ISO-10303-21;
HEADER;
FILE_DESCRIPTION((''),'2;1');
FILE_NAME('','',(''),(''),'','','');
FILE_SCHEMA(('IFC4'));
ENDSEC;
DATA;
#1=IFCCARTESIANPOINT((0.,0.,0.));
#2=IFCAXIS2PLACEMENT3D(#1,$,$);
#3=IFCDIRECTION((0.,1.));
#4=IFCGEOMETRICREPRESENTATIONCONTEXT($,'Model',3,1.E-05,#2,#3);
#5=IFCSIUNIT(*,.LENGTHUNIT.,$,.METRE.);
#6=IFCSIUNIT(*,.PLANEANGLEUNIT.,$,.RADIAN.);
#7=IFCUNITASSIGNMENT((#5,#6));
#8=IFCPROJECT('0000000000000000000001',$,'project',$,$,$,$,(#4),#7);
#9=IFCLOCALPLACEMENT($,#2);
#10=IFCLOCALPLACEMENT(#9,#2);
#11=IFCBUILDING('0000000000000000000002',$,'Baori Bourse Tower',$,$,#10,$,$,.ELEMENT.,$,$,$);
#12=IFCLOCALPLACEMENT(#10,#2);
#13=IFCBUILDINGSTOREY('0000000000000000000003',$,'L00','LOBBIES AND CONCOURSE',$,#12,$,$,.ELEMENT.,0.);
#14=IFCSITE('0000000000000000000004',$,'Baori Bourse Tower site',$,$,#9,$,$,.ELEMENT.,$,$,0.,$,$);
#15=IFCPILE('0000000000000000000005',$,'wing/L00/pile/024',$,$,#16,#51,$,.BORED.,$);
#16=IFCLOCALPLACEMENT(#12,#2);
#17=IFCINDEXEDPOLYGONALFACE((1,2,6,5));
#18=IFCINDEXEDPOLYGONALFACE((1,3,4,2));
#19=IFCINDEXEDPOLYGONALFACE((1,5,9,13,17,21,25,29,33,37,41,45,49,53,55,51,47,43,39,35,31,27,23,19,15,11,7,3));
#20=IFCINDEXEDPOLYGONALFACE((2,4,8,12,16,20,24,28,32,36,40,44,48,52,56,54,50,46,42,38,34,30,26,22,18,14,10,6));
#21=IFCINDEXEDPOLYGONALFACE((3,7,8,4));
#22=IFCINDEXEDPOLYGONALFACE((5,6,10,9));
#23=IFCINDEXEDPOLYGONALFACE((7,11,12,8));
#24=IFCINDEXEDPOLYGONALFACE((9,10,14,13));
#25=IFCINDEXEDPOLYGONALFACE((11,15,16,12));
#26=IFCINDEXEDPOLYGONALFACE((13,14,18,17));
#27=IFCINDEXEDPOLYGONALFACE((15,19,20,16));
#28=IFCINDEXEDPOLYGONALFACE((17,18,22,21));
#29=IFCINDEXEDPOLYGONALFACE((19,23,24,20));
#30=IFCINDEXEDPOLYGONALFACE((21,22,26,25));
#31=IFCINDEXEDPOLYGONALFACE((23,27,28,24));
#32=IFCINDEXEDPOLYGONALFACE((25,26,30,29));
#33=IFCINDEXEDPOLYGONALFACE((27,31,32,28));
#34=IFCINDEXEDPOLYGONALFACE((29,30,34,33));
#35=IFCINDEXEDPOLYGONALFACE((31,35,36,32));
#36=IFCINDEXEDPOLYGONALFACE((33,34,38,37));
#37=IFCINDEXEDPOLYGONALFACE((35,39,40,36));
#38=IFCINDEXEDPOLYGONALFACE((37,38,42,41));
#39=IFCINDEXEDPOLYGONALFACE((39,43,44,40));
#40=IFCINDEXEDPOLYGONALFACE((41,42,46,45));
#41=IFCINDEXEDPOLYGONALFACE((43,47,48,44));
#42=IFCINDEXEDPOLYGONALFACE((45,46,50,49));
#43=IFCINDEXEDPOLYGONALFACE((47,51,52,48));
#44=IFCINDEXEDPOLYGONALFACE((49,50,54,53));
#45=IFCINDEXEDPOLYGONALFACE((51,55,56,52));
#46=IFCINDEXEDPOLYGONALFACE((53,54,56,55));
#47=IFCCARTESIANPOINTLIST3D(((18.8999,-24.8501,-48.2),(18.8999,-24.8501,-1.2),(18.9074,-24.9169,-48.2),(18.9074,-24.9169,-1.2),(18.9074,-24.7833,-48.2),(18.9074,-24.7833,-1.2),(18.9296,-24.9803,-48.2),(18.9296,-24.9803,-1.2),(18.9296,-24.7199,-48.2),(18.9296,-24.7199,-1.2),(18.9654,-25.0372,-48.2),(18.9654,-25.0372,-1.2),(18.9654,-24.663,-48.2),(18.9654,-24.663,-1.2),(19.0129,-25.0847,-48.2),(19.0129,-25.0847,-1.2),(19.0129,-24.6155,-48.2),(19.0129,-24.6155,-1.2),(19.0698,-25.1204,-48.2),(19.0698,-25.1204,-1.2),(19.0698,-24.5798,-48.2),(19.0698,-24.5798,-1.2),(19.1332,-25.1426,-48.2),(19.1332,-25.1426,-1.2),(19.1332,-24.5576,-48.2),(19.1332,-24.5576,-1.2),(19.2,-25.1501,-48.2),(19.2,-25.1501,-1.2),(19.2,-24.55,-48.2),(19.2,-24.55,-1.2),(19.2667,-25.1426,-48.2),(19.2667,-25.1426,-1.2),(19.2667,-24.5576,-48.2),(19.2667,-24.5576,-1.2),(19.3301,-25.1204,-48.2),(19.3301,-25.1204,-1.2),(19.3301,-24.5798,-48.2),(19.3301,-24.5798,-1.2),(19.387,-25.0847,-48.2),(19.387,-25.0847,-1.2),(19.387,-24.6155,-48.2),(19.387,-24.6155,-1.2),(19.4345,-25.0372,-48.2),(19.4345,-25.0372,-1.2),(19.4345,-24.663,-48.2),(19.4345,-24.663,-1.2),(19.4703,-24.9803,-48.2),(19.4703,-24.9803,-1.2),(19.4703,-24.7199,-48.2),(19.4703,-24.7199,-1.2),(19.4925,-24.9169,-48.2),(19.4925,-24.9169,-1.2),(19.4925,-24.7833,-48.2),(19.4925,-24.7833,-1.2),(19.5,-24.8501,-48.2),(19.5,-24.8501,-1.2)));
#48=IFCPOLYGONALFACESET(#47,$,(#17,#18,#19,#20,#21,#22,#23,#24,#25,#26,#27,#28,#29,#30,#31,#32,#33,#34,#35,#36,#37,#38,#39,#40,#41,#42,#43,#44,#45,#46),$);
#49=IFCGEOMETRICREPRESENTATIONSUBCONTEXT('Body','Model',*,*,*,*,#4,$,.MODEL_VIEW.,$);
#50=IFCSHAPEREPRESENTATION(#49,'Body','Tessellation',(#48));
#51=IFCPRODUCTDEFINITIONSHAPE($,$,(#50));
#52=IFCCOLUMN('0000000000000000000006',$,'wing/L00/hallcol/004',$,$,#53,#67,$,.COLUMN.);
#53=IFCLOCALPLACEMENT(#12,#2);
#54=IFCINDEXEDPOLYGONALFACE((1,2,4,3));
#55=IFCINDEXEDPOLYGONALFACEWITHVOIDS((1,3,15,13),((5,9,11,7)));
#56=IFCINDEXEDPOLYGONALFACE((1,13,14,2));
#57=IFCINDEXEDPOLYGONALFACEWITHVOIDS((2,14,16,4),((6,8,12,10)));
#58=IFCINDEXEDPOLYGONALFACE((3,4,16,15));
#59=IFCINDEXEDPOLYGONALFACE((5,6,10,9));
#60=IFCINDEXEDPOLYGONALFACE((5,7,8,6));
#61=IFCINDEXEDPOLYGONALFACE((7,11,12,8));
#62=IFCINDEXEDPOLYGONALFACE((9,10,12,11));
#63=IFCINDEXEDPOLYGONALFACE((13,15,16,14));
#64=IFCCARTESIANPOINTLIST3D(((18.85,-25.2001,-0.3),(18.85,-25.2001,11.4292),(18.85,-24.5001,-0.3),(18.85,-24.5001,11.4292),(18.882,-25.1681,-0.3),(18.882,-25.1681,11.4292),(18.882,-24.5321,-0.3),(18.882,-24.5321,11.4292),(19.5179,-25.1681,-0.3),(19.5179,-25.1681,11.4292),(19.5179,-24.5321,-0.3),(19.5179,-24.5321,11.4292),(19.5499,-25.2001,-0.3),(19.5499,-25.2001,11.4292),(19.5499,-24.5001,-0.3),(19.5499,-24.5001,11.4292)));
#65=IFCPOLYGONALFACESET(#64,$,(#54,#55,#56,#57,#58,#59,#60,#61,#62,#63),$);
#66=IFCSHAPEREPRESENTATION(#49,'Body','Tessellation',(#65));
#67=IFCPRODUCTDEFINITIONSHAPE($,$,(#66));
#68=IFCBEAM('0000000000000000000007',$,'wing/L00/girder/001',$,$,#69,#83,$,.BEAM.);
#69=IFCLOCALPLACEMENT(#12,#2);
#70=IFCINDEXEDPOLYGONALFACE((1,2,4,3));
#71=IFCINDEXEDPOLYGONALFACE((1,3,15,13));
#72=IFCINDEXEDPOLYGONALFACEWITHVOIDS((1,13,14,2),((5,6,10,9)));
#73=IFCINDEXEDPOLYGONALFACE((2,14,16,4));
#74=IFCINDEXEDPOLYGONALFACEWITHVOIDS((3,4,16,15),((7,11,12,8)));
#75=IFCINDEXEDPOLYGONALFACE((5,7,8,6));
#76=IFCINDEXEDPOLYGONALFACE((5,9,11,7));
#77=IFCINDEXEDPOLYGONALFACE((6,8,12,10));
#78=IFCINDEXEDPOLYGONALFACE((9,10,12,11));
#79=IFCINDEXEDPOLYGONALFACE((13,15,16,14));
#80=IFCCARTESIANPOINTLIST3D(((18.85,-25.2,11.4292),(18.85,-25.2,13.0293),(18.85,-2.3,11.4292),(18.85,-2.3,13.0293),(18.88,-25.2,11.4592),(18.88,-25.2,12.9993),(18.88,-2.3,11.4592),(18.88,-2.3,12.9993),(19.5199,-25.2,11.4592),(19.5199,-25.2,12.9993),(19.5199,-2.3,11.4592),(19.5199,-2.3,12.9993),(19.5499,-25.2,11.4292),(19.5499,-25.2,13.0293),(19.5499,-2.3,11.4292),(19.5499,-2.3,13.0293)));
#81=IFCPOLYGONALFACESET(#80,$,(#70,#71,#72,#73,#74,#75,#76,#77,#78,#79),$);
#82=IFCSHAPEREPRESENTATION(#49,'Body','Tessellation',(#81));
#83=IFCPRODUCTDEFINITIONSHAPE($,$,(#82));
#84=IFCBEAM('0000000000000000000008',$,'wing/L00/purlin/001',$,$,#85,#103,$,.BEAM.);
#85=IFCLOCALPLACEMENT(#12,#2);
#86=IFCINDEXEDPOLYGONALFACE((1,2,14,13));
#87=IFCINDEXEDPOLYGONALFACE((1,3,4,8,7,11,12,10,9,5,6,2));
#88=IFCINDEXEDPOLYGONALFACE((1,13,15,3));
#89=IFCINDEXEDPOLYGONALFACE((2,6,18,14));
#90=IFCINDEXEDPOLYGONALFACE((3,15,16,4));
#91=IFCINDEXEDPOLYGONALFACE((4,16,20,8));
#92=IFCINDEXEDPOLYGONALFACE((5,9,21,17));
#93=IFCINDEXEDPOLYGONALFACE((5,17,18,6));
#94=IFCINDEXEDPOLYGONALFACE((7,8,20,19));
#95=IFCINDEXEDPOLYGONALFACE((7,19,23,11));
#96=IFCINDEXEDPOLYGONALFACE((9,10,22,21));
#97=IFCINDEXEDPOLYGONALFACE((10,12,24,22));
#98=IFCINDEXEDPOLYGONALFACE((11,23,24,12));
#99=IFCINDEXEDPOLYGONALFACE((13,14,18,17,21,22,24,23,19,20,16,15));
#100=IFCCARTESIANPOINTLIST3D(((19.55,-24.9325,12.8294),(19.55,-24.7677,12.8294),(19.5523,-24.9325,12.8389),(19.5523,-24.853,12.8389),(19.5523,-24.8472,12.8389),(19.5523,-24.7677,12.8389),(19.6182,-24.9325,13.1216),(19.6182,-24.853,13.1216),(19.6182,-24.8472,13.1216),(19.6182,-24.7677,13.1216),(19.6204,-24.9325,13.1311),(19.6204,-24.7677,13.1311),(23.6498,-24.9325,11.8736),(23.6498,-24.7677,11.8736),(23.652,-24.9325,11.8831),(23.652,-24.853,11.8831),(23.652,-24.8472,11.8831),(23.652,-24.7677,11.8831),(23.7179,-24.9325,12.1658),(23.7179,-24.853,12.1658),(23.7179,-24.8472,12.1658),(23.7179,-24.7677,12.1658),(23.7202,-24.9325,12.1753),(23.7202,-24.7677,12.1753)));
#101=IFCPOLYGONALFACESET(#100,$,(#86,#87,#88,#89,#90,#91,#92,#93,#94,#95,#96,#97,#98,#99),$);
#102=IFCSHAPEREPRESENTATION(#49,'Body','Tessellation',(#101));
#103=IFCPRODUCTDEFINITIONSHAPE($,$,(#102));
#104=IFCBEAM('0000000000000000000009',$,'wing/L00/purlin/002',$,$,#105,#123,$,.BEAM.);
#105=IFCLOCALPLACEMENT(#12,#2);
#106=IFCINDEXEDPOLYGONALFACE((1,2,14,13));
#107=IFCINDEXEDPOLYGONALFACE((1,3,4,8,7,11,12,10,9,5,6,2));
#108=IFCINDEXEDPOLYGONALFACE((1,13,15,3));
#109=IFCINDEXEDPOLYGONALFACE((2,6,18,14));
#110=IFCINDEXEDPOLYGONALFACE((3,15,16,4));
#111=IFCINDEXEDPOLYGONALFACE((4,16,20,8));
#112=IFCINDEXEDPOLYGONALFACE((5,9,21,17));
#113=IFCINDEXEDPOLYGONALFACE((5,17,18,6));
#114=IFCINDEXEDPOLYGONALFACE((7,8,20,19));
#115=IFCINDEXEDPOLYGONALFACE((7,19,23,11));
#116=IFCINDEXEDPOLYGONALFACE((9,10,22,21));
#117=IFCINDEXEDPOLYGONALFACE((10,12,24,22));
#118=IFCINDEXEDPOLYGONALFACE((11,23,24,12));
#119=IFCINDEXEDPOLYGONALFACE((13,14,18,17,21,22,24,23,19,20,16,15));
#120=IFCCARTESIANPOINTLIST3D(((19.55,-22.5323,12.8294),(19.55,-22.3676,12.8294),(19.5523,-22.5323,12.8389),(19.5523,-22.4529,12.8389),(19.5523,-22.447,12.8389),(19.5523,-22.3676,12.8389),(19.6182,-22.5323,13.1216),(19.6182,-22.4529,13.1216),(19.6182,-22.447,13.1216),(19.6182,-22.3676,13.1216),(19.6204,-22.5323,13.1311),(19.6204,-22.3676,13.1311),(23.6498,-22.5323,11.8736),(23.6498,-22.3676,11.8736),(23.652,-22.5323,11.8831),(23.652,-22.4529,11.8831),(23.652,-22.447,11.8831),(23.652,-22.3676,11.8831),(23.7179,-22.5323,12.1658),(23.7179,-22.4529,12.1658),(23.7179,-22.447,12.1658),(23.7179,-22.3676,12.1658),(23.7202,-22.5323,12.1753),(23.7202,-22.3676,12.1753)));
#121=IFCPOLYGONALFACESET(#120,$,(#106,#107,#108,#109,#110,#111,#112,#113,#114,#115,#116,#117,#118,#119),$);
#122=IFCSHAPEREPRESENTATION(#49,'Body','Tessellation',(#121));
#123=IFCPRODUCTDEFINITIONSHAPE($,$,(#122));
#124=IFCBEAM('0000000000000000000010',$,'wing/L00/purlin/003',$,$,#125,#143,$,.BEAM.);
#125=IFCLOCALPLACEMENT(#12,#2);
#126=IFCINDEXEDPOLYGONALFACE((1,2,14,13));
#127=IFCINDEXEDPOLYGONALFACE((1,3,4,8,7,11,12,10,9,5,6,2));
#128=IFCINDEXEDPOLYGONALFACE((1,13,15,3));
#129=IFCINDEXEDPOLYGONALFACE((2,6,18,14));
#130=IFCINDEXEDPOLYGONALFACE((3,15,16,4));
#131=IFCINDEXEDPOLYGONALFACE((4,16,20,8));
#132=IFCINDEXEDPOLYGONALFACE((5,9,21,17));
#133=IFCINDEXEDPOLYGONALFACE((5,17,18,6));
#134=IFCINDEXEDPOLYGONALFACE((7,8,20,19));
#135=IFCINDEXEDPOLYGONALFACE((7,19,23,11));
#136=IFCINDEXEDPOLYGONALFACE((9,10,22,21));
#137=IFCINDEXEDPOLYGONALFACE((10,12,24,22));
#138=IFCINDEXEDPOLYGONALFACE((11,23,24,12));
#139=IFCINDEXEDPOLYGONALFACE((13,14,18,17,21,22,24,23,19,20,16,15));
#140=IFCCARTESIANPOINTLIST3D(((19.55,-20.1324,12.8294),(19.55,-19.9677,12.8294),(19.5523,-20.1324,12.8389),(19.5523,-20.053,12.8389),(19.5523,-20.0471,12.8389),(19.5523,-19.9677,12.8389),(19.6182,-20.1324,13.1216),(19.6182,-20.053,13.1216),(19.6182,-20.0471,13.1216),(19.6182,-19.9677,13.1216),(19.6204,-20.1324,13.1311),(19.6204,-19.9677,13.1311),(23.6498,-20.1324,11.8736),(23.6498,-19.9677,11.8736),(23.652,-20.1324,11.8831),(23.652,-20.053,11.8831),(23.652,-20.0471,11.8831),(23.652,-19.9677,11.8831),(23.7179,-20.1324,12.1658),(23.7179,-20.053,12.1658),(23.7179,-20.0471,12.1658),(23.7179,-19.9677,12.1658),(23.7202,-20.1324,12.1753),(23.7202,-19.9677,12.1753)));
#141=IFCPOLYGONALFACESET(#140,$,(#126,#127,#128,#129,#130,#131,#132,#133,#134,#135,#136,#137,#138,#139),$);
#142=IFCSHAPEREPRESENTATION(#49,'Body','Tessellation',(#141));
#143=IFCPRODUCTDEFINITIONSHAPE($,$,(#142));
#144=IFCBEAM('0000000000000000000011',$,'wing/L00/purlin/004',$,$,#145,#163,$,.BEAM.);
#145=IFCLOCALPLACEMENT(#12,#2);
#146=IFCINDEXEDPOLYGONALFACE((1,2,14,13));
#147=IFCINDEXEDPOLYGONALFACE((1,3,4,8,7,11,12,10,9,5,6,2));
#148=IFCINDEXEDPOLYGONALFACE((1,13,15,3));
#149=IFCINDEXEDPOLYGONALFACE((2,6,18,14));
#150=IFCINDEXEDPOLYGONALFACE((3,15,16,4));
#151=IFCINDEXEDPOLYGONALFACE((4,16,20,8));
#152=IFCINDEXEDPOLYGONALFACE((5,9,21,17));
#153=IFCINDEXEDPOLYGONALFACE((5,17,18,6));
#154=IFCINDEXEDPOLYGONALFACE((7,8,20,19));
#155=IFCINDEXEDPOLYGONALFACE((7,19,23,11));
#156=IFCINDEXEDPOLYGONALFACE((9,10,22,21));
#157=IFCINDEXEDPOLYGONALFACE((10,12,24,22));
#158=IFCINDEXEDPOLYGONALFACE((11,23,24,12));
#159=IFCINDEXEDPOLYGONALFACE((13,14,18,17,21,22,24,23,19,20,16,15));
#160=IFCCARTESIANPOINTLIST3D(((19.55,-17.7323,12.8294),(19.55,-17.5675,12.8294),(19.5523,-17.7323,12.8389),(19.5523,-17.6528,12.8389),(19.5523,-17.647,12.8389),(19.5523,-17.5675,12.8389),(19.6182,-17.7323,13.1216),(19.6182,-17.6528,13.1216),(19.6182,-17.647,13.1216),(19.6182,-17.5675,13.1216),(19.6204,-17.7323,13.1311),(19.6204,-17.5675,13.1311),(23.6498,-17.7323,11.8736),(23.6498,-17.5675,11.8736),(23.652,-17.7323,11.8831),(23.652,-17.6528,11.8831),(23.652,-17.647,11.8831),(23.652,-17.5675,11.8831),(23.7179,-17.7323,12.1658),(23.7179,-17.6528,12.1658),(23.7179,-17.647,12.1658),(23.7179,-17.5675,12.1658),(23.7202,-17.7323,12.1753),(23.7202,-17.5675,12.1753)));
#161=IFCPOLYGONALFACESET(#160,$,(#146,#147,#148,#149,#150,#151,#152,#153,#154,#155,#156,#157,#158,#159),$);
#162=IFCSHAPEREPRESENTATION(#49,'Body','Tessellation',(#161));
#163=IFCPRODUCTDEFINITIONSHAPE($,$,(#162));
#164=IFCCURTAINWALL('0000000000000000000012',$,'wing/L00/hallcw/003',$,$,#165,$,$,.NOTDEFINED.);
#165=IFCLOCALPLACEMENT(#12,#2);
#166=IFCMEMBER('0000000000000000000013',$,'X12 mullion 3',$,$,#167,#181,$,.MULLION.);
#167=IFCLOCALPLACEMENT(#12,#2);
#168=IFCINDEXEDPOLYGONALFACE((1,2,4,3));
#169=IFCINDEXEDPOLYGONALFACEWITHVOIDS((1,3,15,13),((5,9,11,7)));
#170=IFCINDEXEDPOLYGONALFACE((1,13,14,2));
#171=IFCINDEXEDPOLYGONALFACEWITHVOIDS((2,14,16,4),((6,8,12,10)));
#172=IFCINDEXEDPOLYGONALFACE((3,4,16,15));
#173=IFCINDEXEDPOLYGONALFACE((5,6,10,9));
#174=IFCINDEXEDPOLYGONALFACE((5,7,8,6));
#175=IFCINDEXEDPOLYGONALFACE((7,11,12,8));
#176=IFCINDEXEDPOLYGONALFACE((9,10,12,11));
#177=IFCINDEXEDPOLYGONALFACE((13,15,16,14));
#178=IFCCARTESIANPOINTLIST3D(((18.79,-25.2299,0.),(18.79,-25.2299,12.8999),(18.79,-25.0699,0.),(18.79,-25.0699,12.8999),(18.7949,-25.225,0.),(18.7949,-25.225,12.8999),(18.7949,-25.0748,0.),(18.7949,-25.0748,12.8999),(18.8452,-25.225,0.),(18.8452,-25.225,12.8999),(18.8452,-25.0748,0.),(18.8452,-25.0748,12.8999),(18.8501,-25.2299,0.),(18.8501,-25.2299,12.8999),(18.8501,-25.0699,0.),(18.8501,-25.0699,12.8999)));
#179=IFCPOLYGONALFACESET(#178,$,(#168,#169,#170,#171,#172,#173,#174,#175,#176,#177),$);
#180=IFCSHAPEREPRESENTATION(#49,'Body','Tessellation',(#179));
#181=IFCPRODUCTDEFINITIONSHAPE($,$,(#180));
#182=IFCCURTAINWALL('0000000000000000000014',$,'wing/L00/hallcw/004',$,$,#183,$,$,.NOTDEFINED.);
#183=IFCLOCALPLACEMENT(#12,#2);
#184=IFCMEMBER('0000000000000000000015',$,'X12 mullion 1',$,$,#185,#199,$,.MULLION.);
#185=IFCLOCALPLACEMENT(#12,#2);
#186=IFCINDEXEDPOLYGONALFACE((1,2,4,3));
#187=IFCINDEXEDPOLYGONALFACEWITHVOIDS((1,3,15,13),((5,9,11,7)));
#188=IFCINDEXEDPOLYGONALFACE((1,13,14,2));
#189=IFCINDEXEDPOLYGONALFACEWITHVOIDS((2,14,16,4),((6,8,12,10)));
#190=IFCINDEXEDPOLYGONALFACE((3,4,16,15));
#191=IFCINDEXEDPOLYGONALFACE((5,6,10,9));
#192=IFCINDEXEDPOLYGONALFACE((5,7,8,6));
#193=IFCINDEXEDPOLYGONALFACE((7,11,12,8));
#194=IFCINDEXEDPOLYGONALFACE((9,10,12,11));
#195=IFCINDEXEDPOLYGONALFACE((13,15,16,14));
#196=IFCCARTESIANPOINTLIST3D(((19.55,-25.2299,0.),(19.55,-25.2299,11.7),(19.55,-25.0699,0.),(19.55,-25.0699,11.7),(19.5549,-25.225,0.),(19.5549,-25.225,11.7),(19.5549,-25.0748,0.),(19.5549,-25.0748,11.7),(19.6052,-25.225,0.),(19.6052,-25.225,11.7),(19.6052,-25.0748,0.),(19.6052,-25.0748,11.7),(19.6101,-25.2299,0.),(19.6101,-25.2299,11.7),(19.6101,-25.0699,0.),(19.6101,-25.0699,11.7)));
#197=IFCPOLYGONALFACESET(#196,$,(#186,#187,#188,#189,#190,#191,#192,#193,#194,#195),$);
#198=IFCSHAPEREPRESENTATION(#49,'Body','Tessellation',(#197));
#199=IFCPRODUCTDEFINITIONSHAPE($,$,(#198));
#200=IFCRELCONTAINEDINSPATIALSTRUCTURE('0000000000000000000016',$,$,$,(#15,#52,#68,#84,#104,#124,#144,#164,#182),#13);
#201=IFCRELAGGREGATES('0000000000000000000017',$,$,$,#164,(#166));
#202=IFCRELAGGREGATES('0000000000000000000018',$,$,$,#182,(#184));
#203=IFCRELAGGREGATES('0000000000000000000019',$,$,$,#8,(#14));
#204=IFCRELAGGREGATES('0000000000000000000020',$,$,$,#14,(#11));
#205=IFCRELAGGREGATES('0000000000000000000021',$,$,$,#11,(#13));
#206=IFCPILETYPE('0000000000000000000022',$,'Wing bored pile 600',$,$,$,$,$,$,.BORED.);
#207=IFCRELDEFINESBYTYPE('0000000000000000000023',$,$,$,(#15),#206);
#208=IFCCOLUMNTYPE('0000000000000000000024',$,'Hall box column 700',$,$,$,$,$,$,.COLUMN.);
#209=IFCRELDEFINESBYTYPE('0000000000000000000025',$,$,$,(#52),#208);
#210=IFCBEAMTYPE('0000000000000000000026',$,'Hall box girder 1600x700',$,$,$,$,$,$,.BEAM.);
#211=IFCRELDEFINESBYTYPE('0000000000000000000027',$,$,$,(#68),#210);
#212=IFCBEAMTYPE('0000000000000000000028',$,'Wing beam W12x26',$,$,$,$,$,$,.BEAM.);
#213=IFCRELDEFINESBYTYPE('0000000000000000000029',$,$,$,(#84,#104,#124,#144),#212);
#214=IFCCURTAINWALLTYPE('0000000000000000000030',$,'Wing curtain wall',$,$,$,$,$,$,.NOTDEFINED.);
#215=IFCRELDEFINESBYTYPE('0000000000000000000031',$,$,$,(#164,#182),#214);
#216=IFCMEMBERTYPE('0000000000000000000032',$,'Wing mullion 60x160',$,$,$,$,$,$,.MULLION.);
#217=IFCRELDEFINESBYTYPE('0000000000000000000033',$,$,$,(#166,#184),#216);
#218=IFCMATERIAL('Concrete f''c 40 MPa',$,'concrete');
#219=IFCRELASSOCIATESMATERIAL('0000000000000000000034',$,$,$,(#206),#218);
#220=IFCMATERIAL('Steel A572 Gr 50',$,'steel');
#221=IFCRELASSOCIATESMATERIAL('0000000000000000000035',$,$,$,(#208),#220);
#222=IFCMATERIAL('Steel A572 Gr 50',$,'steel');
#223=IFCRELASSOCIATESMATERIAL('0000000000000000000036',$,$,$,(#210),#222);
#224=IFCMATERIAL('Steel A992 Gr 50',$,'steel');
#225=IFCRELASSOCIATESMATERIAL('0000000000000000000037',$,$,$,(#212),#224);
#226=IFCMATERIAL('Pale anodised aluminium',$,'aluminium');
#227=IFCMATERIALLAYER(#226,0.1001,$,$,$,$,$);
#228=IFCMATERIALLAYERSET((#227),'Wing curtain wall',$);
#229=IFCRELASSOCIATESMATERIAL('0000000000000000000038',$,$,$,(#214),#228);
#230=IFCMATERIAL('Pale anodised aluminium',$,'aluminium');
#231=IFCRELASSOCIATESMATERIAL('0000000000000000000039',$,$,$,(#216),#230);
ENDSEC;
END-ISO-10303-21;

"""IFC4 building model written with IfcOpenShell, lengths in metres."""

from ifc_helpers import new_model, si_unit, direction, frame, origin, origin_2d, place, context, subcontext, project, spatial, hollow_rectangle, circle, i_section, extrude, material, layer, layer_set, material_profile, profile_set, type_object, element, aggregate, save


model = new_model("IFC4")

# Units and contexts
model_context = context("Model", 3, precision=1e-05, world=origin(), true_north=direction((0.0, 1.0)))
body_context = subcontext(model_context, "Body", "Model", "MODEL_VIEW")
ifc_project = project(units=[si_unit("LENGTHUNIT", "METRE"), si_unit("PLANEANGLEUNIT", "RADIAN")], contexts=[model_context])

# Site, building, storey
site_placement = place(None, origin())
site = spatial("IfcSite", under=ifc_project, at=site_placement, Name="Baori Bourse Tower site", CompositionType="ELEMENT", RefElevation=0.0)
building_placement = place(site_placement, origin())
building = spatial("IfcBuilding", under=site, at=building_placement, Name="Baori Bourse Tower", CompositionType="ELEMENT")
storey_placement = place(building_placement, origin())
storey = spatial("IfcBuildingStorey", under=building, at=storey_placement, Name="L00", Description="LOBBIES AND CONCOURSE", CompositionType="ELEMENT", Elevation=0.0)

# Pile
ifc_material_1 = material(Name="Concrete f'c 40 MPa", Category="concrete")
ifc_material_profile_1 = material_profile(ifc_material_1, circle(Radius=0.3, at=origin_2d()), Name="Wing bored pile 600")
ifc_profile_set_1 = profile_set([ifc_material_profile_1], Name="Concrete f'c 40 MPa")
pile_type = type_object("IfcPileType", Name="Wing bored pile 600", PredefinedType="BORED", material=ifc_profile_set_1)
pile_placement = place(storey_placement, frame((19.2, -24.8501, -1.2), z_axis=(0.0, 0.0, -1.0), x_axis=(1.0, 0.0, 0.0)))
element("IfcPile", 1, at=pile_placement, inside=storey, type_object=pile_type, Name="wing/L00/pile/024", PredefinedType="BORED", context=body_context, shape_type="SweptSolid", body=[
    extrude(circle(Radius=0.3, at=origin_2d()), origin(), (0.0, 0.0, 1.0), 47.0),
])

# Column
ifc_material_2 = material(Name="Steel A572 Gr 50", Category="steel")
ifc_material_profile_2 = material_profile(ifc_material_2, hollow_rectangle(XDim=0.7, YDim=0.7, WallThickness=0.032, at=origin_2d()), Name="BOX 700x700x32")
ifc_profile_set_2 = profile_set([ifc_material_profile_2], Name="Steel A572 Gr 50")
column_type = type_object("IfcColumnType", Name="Hall box column 700", PredefinedType="COLUMN", material=ifc_profile_set_2)
column_placement = place(storey_placement, frame((19.2, -24.8501, -0.3), z_axis=(0.0, 0.0, 1.0), x_axis=(1.0, 0.0, 0.0)))
element("IfcColumn", 2, at=column_placement, inside=storey, type_object=column_type, Name="wing/L00/hallcol/004", PredefinedType="COLUMN", context=body_context, shape_type="SweptSolid", body=[
    extrude(hollow_rectangle(XDim=0.7, YDim=0.7, WallThickness=0.032, at=origin_2d()), origin(), (0.0, 0.0, 1.0), 11.7292),
])

# Beams
ifc_material_3 = material(Name="Steel A572 Gr 50", Category="steel")
ifc_material_profile_3 = material_profile(ifc_material_3, hollow_rectangle(XDim=0.7, YDim=1.6001, WallThickness=0.03, at=origin_2d()), Name="BOX 1600x700x30")
ifc_profile_set_3 = profile_set([ifc_material_profile_3], Name="Steel A572 Gr 50")
beam_type_1 = type_object("IfcBeamType", Name="Hall box girder 1600x700", PredefinedType="BEAM", material=ifc_profile_set_3)
beam_placement = place(storey_placement, frame((19.2, -25.2, 12.2292), z_axis=(0.0, 1.0, 0.0), x_axis=(-1.0, 0.0, 0.0)))
element("IfcBeam", 3, at=beam_placement, inside=storey, type_object=beam_type_1, Name="wing/L00/girder/001", PredefinedType="BEAM", context=body_context, shape_type="SweptSolid", body=[
    extrude(hollow_rectangle(XDim=0.7, YDim=1.6001, WallThickness=0.03, at=origin_2d()), origin(), (0.0, 0.0, 1.0), 22.8999),
])
ifc_material_4 = material(Name="Steel A992 Gr 50", Category="steel")
ifc_material_profile_4 = material_profile(ifc_material_4, i_section(OverallWidth=0.1648, OverallDepth=0.3098, WebThickness=0.0059, FlangeThickness=0.0098, at=origin_2d()), Name="W12x26")
ifc_profile_set_4 = profile_set([ifc_material_profile_4], Name="Steel A992 Gr 50")
beam_type_2 = type_object("IfcBeamType", Name="Wing beam W12x26", PredefinedType="BEAM", material=ifc_profile_set_4)
for number, where, z_axis, x_axis, name in (
    (4, (19.5852, -24.8501, 12.9802), (0.973884, 0.0, -0.227044), (0.0, 1.0, 0.0), "wing/L00/purlin/001"),
    (5, (19.5852, -22.45, 12.9802), (0.973884, 0.0, -0.227044), (0.0, 1.0, 0.0), "wing/L00/purlin/002"),
    (6, (19.5852, -20.05, 12.9802), (0.973884, 0.0, -0.227044), (0.0, 1.0, 0.0), "wing/L00/purlin/003"),
    (7, (19.5852, -17.6499, 12.9802), (0.973884, 0.0, -0.227044), (0.0, 1.0, 0.0), "wing/L00/purlin/004"),
):
    element("IfcBeam", number, at=place(storey_placement, frame(where, z_axis=z_axis, x_axis=x_axis)), inside=storey, type_object=beam_type_2, Name=name, PredefinedType="BEAM", context=body_context, shape_type="SweptSolid", body=[
        extrude(i_section(OverallWidth=0.1648, OverallDepth=0.3098, WebThickness=0.0059, FlangeThickness=0.0098, at=origin_2d()), origin(), (0.0, 0.0, 1.0), 4.2097),
    ])

# Curtain wall, member
ifc_material_5 = material(Name="Pale anodised aluminium", Category="aluminium")
ifc_layer_1 = layer(ifc_material_5, 0.1001)
ifc_layer_set_1 = layer_set([ifc_layer_1], Name="Wing curtain wall")
curtain_wall_type = type_object("IfcCurtainWallType", Name="Wing curtain wall", PredefinedType="NOTDEFINED", material=ifc_layer_set_1)
curtain_wall_1_placement = place(storey_placement, origin())
curtain_wall_1 = element("IfcCurtainWall", 8, at=curtain_wall_1_placement, inside=storey, type_object=curtain_wall_type, Name="wing/L00/hallcw/003", PredefinedType="NOTDEFINED")
ifc_material_6 = material(Name="Pale anodised aluminium", Category="aluminium")
ifc_material_profile_5 = material_profile(ifc_material_6, hollow_rectangle(XDim=0.1599, YDim=0.0601, WallThickness=0.0049, at=origin_2d()), Name="Mullion 160x60x5")
ifc_profile_set_5 = profile_set([ifc_material_profile_5], Name="Pale anodised aluminium")
member_type_1 = type_object("IfcMemberType", Name="Wing mullion 60x160", PredefinedType="MULLION", material=ifc_profile_set_5)
member_1_placement = place(storey_placement, frame((18.8201, -25.1499, 0.0), z_axis=(0.0, 0.0, 1.0), x_axis=(0.0, 1.0, 0.0)))
member_1 = element("IfcMember", 9, at=member_1_placement, type_object=member_type_1, Name="X12 mullion 3", PredefinedType="MULLION", context=body_context, shape_type="SweptSolid", body=[
    extrude(hollow_rectangle(XDim=0.1599, YDim=0.0601, WallThickness=0.0049, at=origin_2d()), origin(), (0.0, 0.0, 1.0), 12.8999),
])

# Curtain wall, member
curtain_wall_2_placement = place(storey_placement, origin())
curtain_wall_2 = element("IfcCurtainWall", 10, at=curtain_wall_2_placement, inside=storey, type_object=curtain_wall_type, Name="wing/L00/hallcw/004", PredefinedType="NOTDEFINED")
member_2_placement = place(storey_placement, frame((19.5801, -25.1499, 0.0), z_axis=(0.0, 0.0, 1.0), x_axis=(0.0, 1.0, 0.0)))
member_2 = element("IfcMember", 11, at=member_2_placement, type_object=member_type_1, Name="X12 mullion 1", PredefinedType="MULLION", context=body_context, shape_type="SweptSolid", body=[
    extrude(hollow_rectangle(XDim=0.1599, YDim=0.0601, WallThickness=0.0049, at=origin_2d()), origin(), (0.0, 0.0, 1.0), 11.7),
])

aggregate(curtain_wall_1, [member_1])
aggregate(curtain_wall_2, [member_2])

save(model, "model.ifc")
